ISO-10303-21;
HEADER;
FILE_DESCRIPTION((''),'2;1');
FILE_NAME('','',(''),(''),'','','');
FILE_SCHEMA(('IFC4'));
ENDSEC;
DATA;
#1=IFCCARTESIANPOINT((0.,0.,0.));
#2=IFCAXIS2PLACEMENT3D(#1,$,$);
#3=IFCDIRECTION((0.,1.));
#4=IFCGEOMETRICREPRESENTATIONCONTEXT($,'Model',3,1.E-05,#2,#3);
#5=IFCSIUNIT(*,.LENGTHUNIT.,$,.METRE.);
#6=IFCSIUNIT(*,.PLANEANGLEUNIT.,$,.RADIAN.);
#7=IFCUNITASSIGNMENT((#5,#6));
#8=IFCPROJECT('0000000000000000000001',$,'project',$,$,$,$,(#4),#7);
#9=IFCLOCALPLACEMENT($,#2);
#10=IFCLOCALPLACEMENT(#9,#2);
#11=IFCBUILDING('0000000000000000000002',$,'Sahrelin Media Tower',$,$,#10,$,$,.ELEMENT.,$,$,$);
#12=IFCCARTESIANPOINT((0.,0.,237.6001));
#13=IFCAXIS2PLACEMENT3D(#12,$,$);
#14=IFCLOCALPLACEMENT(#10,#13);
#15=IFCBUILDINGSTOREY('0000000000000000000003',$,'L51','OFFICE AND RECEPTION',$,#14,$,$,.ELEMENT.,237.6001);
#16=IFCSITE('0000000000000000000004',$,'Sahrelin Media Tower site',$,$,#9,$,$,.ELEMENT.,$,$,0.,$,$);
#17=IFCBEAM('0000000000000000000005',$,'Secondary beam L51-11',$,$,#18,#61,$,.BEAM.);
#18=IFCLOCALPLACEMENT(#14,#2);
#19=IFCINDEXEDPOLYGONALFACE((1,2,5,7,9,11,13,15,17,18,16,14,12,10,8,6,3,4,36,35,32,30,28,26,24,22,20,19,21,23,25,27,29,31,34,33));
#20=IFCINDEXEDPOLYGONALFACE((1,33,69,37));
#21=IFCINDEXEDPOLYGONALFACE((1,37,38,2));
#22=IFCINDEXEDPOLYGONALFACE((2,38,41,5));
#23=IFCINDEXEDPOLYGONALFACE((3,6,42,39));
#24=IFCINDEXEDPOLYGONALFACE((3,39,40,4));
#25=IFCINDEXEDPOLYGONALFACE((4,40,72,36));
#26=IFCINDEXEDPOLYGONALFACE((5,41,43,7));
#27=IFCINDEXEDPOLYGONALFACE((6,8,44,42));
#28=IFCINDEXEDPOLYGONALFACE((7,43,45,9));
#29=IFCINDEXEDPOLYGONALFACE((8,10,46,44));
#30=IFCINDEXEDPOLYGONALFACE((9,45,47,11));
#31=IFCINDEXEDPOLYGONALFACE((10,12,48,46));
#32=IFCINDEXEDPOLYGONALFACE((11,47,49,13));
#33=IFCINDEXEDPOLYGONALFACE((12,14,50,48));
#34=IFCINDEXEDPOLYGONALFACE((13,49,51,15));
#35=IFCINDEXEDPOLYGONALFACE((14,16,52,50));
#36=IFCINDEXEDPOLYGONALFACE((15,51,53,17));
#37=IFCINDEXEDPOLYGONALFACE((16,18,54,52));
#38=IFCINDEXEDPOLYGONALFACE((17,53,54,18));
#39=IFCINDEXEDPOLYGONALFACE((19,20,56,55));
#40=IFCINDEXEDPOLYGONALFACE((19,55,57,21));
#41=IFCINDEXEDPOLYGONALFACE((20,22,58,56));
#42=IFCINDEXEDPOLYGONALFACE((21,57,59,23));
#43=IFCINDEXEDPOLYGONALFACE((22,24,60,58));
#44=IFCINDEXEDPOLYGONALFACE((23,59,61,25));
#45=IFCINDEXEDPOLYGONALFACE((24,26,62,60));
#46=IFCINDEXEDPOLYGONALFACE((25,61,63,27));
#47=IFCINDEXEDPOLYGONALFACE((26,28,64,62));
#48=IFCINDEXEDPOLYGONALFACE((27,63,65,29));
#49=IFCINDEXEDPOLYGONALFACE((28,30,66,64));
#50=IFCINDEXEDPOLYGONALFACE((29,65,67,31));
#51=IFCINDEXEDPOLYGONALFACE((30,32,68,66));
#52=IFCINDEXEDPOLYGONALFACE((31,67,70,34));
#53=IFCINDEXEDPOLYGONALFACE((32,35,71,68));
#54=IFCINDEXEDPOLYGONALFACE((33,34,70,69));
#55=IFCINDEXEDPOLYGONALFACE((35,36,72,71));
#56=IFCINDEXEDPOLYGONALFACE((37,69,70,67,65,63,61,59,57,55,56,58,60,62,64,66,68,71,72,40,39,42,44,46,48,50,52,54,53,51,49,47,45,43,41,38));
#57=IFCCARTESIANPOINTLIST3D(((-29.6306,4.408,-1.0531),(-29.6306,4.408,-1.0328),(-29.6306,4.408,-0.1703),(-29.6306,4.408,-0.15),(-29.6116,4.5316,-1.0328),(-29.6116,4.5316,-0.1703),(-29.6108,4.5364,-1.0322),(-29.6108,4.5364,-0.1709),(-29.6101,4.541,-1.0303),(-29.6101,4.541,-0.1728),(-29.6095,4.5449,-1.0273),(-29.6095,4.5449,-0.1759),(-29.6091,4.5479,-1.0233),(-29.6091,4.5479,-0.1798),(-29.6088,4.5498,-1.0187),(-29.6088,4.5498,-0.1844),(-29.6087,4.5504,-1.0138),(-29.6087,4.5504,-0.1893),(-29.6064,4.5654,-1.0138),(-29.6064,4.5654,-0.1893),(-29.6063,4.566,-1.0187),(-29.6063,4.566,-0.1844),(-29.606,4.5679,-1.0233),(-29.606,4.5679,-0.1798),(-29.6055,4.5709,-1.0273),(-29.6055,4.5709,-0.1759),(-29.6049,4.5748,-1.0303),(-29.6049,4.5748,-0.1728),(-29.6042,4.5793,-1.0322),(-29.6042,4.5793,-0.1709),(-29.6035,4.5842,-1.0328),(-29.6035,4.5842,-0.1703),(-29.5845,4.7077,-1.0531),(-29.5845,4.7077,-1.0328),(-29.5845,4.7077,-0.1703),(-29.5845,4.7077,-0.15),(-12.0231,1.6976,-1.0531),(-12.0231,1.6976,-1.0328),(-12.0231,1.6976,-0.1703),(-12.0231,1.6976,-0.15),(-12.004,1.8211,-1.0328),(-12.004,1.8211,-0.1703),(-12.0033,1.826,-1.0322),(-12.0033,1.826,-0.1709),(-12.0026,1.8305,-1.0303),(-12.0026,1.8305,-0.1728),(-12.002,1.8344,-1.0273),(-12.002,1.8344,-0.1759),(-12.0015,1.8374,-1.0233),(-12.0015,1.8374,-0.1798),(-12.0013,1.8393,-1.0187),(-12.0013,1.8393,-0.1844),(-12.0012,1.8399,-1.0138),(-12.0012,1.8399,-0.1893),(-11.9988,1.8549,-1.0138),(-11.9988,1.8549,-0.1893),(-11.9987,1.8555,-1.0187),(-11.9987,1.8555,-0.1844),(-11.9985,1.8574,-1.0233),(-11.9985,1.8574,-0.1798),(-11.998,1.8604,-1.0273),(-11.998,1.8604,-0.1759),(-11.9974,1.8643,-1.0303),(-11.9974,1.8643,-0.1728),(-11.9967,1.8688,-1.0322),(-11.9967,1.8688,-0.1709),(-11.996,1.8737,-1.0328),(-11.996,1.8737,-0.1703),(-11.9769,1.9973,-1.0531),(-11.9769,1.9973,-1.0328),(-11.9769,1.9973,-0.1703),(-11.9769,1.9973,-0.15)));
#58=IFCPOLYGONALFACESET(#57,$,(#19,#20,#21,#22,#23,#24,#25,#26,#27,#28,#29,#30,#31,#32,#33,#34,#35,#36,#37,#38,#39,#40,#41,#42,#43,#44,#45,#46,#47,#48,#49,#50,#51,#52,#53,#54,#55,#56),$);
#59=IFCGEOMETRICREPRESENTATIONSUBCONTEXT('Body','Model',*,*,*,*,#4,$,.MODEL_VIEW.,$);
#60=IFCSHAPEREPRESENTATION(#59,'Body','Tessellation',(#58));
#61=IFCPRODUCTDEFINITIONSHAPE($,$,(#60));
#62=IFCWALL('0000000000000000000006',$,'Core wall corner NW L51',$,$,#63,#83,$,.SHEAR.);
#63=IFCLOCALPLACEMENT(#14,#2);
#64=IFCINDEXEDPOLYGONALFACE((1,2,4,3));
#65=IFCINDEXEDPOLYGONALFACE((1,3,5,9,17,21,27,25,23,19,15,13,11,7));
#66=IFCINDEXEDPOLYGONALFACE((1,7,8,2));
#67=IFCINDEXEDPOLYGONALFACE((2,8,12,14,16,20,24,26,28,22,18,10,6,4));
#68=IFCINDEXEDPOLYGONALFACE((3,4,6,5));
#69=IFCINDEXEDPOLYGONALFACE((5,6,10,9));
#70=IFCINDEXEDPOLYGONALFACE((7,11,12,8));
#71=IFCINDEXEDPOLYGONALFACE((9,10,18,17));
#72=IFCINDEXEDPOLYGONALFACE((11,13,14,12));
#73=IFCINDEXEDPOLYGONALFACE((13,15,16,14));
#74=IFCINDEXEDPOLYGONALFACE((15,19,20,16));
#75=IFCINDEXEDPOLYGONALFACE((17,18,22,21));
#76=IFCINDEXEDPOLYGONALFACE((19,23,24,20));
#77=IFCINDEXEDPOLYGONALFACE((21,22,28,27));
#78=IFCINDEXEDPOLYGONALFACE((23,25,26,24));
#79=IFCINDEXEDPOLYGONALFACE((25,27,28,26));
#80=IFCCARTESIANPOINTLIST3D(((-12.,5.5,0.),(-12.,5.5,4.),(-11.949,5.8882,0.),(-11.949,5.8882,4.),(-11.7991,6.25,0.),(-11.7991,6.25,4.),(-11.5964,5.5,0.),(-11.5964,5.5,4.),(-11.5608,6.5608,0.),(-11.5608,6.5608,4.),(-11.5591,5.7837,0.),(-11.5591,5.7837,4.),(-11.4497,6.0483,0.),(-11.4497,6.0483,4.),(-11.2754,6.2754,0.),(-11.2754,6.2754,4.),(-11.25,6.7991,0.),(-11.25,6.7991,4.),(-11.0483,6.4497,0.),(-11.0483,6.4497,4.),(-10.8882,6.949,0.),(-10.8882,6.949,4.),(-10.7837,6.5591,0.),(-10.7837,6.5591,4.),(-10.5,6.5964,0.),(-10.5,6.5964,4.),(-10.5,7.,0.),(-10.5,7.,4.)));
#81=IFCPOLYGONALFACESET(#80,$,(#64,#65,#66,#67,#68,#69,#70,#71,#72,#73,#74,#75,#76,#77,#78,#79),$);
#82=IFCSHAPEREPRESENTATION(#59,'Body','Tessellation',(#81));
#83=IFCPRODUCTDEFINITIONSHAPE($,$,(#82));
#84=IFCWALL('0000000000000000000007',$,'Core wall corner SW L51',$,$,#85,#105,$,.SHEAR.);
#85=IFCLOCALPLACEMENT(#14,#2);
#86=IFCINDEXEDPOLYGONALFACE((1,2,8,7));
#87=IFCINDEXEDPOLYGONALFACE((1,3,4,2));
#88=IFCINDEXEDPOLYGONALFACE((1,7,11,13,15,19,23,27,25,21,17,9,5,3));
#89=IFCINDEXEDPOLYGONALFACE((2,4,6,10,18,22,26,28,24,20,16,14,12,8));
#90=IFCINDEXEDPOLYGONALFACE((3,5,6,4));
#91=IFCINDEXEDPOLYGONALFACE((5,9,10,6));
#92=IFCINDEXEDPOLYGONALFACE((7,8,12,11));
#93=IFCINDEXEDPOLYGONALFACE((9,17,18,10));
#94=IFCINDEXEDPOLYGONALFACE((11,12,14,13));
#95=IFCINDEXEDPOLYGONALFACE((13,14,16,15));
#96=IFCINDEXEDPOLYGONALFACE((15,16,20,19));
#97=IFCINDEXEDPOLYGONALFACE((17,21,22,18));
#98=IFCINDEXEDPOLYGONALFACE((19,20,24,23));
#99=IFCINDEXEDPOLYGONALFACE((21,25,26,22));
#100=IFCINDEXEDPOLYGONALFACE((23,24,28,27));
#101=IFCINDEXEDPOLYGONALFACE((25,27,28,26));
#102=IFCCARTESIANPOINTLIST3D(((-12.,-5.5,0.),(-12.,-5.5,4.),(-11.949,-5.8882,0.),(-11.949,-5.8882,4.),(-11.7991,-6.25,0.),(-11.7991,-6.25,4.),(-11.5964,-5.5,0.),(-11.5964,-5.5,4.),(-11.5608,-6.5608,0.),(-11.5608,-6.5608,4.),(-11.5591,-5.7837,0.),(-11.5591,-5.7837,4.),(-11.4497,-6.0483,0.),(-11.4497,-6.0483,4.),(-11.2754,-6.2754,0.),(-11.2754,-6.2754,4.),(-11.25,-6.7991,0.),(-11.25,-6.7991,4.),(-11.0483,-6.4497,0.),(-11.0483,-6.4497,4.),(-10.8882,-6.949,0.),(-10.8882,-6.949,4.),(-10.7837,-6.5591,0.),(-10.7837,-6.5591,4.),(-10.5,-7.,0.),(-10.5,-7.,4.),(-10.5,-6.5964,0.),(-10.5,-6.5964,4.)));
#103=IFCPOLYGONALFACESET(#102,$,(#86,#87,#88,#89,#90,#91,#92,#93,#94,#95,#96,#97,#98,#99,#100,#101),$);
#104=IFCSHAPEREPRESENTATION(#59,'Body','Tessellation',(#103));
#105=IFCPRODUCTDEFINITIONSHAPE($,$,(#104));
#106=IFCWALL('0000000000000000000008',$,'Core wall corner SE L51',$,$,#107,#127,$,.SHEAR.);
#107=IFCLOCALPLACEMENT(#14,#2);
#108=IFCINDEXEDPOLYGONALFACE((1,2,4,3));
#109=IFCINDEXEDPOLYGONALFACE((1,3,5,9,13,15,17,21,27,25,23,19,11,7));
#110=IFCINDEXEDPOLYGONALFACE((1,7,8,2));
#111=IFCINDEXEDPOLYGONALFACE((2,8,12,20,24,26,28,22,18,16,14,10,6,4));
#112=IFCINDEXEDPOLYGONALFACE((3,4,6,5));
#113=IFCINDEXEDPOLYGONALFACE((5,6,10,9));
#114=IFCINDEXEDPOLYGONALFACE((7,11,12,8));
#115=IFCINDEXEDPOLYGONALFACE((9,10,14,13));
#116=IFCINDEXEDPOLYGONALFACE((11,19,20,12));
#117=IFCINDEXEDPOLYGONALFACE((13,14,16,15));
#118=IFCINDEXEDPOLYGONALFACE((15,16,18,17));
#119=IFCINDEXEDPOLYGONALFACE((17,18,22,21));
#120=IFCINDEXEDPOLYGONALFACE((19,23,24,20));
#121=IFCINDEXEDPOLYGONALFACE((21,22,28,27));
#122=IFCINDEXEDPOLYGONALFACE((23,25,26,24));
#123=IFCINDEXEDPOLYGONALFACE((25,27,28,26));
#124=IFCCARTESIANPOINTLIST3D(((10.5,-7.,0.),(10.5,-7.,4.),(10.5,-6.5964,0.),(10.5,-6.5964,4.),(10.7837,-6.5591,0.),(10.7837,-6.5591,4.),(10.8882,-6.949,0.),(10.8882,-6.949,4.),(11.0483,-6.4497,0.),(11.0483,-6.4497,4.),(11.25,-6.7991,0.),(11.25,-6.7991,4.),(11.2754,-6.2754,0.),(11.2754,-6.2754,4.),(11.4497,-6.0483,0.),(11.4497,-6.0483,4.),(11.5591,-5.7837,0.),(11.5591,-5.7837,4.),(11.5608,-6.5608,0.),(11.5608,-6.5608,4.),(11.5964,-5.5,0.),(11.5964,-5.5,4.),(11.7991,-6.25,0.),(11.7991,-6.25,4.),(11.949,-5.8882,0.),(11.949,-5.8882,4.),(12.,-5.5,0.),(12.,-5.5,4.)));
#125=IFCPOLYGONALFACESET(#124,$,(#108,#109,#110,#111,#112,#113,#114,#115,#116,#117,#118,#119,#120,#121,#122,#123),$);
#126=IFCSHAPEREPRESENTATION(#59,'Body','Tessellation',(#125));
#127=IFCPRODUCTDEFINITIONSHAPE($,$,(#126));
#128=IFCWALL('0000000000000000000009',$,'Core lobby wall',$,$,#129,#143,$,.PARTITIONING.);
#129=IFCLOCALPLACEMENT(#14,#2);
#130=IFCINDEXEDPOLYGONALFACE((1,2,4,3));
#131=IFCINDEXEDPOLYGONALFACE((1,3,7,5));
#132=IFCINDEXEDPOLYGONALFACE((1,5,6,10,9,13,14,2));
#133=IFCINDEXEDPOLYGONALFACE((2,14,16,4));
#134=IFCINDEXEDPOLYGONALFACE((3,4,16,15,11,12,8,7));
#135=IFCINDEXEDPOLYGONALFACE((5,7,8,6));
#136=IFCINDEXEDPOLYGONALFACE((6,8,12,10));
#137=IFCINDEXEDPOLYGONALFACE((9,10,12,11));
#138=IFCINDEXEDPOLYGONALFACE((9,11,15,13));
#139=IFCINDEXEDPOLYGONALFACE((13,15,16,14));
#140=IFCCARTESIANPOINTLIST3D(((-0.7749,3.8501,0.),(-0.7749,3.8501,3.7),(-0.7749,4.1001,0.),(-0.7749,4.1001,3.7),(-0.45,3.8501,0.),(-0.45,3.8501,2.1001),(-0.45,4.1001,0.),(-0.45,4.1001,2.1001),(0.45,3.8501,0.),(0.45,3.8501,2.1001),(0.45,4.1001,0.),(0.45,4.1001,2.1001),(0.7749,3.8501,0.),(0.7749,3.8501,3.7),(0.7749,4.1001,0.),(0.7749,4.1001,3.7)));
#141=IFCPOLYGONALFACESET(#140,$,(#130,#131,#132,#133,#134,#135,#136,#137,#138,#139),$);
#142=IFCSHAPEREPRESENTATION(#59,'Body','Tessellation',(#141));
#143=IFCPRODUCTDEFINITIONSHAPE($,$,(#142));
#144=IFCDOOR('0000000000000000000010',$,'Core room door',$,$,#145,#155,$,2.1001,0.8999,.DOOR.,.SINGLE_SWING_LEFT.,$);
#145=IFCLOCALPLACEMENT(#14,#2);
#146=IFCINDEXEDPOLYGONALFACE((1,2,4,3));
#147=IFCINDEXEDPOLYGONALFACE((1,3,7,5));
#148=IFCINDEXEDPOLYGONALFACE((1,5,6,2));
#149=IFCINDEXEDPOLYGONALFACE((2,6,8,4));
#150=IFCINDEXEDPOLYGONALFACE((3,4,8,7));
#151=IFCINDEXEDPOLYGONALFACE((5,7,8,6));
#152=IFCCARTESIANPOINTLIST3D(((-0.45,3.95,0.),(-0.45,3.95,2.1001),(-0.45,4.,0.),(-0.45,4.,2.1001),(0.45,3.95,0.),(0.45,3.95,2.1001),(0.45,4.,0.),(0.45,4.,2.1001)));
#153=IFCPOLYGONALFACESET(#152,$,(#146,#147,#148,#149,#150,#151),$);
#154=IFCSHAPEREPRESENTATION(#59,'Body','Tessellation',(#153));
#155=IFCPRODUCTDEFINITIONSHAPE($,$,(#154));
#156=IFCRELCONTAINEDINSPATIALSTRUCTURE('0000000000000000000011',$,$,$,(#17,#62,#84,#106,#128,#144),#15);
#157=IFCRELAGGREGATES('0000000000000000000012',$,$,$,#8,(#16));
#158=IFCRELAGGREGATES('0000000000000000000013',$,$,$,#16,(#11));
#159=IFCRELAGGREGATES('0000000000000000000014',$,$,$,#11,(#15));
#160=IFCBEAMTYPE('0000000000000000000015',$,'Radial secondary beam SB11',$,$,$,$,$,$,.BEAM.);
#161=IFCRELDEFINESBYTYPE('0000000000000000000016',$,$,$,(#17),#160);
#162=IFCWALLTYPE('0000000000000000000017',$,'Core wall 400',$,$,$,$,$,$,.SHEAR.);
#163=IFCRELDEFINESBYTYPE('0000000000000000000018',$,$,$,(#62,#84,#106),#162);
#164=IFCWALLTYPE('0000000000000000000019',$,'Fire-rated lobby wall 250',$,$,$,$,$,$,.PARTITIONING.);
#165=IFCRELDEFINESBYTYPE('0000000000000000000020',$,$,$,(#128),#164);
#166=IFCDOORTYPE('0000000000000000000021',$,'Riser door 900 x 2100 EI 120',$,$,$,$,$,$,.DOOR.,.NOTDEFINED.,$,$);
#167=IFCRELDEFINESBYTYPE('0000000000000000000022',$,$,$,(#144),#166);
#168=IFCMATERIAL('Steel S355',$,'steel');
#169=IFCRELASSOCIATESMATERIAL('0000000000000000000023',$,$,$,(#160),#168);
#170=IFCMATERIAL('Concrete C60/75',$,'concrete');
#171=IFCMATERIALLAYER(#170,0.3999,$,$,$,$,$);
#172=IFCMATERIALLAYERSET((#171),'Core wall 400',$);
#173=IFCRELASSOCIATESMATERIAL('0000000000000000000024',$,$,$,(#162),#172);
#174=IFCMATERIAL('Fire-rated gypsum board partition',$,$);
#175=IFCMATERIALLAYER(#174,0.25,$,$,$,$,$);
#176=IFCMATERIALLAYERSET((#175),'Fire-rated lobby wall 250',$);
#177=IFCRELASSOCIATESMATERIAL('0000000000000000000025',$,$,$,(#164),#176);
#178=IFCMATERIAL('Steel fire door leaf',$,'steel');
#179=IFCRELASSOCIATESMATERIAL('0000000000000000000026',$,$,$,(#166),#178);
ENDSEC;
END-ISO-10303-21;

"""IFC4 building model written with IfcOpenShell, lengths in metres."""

from ifc_helpers import new_model, si_unit, direction, frame, frame_2d, origin, origin_2d, place, context, subcontext, project, spatial, polyline, rectangle, i_section, outline, extrude, material, layer, layer_set, material_profile, profile_set, type_object, element, fill, save


model = new_model("IFC4")

# Units and contexts
model_context = context("Model", 3, precision=1e-05, world=origin(), true_north=direction((0.0, 1.0)))
body_context = subcontext(model_context, "Body", "Model", "MODEL_VIEW")
ifc_project = project(units=[si_unit("LENGTHUNIT", "METRE"), si_unit("PLANEANGLEUNIT", "RADIAN")], contexts=[model_context])

# Site, building, storey
site_placement = place(None, origin())
site = spatial("IfcSite", under=ifc_project, at=site_placement, Name="Sahrelin Media Tower site", CompositionType="ELEMENT", RefElevation=0.0)
building_placement = place(site_placement, origin())
building = spatial("IfcBuilding", under=site, at=building_placement, Name="Sahrelin Media Tower", CompositionType="ELEMENT")
storey_placement = place(building_placement, frame((0.0, 0.0, 237.6001)))
storey = spatial("IfcBuildingStorey", under=building, at=storey_placement, Name="L51", Description="OFFICE AND RECEPTION", CompositionType="ELEMENT", Elevation=237.6001)

# Beam
ifc_material_1 = material(Name="Steel S355", Category="steel")
ifc_material_profile_1 = material_profile(ifc_material_1, i_section(OverallWidth=0.3032, OverallDepth=0.9031, WebThickness=0.0151, FlangeThickness=0.0203, FilletRadius=0.019, at=origin_2d()), Name="UB 914x305x201")
ifc_profile_set_1 = profile_set([ifc_material_profile_1], Name="Steel S355")
beam_type_1 = type_object("IfcBeamType", Name="Radial secondary beam SB11", PredefinedType="BEAM", material=ifc_profile_set_1)
beam_1_placement = place(storey_placement, frame((-12.0, 1.8474, -0.6016), z_axis=(-0.988358, 0.152146, 0.0), x_axis=(-0.152146, -0.988358, 0.0)))
element("IfcBeam", 1, at=beam_1_placement, inside=storey, type_object=beam_type_1, Name="Secondary beam L51-11", PredefinedType="BEAM", context=body_context, shape_type="SweptSolid", body=[
    extrude(i_section(OverallWidth=0.3032, OverallDepth=0.9031, WebThickness=0.0151, FlangeThickness=0.0203, FilletRadius=0.019, at=origin_2d()), origin(), (0.0, 0.0, 1.0), 17.8149),
])

# Walls
ifc_material_2 = material(Name="Concrete C60/75", Category="concrete")
ifc_layer_1 = layer(ifc_material_2, 0.3999)
ifc_layer_set_1 = layer_set([ifc_layer_1], Name="Core wall 400")
wall_type_1 = type_object("IfcWallType", Name="Core wall 400", PredefinedType="SHEAR", material=ifc_layer_set_1)
placement = place(storey_placement, origin())
element("IfcWall", 2, at=placement, inside=storey, type_object=wall_type_1, Name="Core wall corner NW L51", PredefinedType="SHEAR", context=body_context, shape_type="SweptSolid", body=[
    extrude(outline(polyline([(-12.0, 5.5), (-11.5964, 5.5), (-11.5591, 5.7837), (-11.4497, 6.0483), (-11.2754, 6.2754), (-11.0483, 6.4497), (-10.7837, 6.5591), (-10.5, 6.5964), (-10.5, 7.0), (-10.8882, 6.949), (-11.25, 6.7991), (-11.5608, 6.5608), (-11.7991, 6.25), (-11.949, 5.8882), (-12.0, 5.5)])), origin(), (0.0, 0.0, 1.0), 4.0),
])
element("IfcWall", 3, at=placement, inside=storey, type_object=wall_type_1, Name="Core wall corner SW L51", PredefinedType="SHEAR", context=body_context, shape_type="SweptSolid", body=[
    extrude(outline(polyline([(-10.5, -7.0), (-10.5, -6.5964), (-10.7837, -6.5591), (-11.0483, -6.4497), (-11.2754, -6.2754), (-11.4497, -6.0483), (-11.5591, -5.7837), (-11.5964, -5.5), (-12.0, -5.5), (-11.949, -5.8882), (-11.7991, -6.25), (-11.5608, -6.5608), (-11.25, -6.7991), (-10.8882, -6.949), (-10.5, -7.0)])), origin(), (0.0, 0.0, 1.0), 4.0),
])
element("IfcWall", 4, at=placement, inside=storey, type_object=wall_type_1, Name="Core wall corner SE L51", PredefinedType="SHEAR", context=body_context, shape_type="SweptSolid", body=[
    extrude(outline(polyline([(12.0, -5.5), (11.5964, -5.5), (11.5591, -5.7837), (11.4497, -6.0483), (11.2754, -6.2754), (11.0483, -6.4497), (10.7837, -6.5591), (10.5, -6.5964), (10.5, -7.0), (10.8882, -6.949), (11.25, -6.7991), (11.5608, -6.5608), (11.7991, -6.25), (11.949, -5.8882), (12.0, -5.5)])), origin(), (0.0, 0.0, 1.0), 4.0),
])

# Wall, opening, door
ifc_material_3 = material(Name="Fire-rated gypsum board partition")
ifc_layer_2 = layer(ifc_material_3, 0.25)
ifc_layer_set_2 = layer_set([ifc_layer_2], Name="Fire-rated lobby wall 250")
wall_type_2 = type_object("IfcWallType", Name="Fire-rated lobby wall 250", PredefinedType="PARTITIONING", material=ifc_layer_set_2)
wall_1_placement = place(storey_placement, frame((-0.7749, 3.9751, 0.0), z_axis=(0.0, 0.0, 1.0), x_axis=(1.0, 0.0, 0.0)))
wall_1 = element("IfcWall", 5, at=wall_1_placement, inside=storey, type_object=wall_type_2, Name="Core lobby wall", PredefinedType="PARTITIONING", context=body_context, shape_type="SweptSolid", body=[
    extrude(rectangle(XDim=1.5498, YDim=0.25, at=frame_2d((0.7749, 0.0))), origin(), (0.0, 0.0, 1.0), 3.7),
])
opening_1_placement = place(wall_1_placement, frame((0.325, 0.0, 0.0)))
opening_1 = element("IfcOpeningElement", 6, at=opening_1_placement, cuts=wall_1, PredefinedType="OPENING", context=body_context, shape_type="SweptSolid", body=[
    extrude(rectangle(XDim=0.8999, YDim=2.1001, at=frame_2d((0.45, 1.05))), frame((0.0, 0.125, 0.0), z_axis=(0.0, -1.0, 0.0), x_axis=(1.0, 0.0, 0.0)), (0.0, 0.0, 1.0), 0.25),
])
ifc_material_4 = material(Name="Steel fire door leaf", Category="steel")
door_type_1 = type_object("IfcDoorType", Name="Riser door 900 x 2100 EI 120", OperationType="NOTDEFINED", PredefinedType="DOOR", material=ifc_material_4)
door_1_placement = place(opening_1_placement, origin())
door_1 = element("IfcDoor", 7, at=door_1_placement, inside=storey, type_object=door_type_1, Name="Core room door", OperationType="SINGLE_SWING_LEFT", OverallHeight=2.1001, OverallWidth=0.8999, PredefinedType="DOOR", context=body_context, shape_type="SweptSolid", body=[
    extrude(rectangle(XDim=0.8999, YDim=2.1001, at=frame_2d((0.45, 1.05))), frame((0.0, 0.0249, 0.0), z_axis=(0.0, -1.0, 0.0), x_axis=(1.0, 0.0, 0.0)), (0.0, 0.0, 1.0), 0.05),
])
fill(opening_1, door_1)

save(model, "model.ifc")
